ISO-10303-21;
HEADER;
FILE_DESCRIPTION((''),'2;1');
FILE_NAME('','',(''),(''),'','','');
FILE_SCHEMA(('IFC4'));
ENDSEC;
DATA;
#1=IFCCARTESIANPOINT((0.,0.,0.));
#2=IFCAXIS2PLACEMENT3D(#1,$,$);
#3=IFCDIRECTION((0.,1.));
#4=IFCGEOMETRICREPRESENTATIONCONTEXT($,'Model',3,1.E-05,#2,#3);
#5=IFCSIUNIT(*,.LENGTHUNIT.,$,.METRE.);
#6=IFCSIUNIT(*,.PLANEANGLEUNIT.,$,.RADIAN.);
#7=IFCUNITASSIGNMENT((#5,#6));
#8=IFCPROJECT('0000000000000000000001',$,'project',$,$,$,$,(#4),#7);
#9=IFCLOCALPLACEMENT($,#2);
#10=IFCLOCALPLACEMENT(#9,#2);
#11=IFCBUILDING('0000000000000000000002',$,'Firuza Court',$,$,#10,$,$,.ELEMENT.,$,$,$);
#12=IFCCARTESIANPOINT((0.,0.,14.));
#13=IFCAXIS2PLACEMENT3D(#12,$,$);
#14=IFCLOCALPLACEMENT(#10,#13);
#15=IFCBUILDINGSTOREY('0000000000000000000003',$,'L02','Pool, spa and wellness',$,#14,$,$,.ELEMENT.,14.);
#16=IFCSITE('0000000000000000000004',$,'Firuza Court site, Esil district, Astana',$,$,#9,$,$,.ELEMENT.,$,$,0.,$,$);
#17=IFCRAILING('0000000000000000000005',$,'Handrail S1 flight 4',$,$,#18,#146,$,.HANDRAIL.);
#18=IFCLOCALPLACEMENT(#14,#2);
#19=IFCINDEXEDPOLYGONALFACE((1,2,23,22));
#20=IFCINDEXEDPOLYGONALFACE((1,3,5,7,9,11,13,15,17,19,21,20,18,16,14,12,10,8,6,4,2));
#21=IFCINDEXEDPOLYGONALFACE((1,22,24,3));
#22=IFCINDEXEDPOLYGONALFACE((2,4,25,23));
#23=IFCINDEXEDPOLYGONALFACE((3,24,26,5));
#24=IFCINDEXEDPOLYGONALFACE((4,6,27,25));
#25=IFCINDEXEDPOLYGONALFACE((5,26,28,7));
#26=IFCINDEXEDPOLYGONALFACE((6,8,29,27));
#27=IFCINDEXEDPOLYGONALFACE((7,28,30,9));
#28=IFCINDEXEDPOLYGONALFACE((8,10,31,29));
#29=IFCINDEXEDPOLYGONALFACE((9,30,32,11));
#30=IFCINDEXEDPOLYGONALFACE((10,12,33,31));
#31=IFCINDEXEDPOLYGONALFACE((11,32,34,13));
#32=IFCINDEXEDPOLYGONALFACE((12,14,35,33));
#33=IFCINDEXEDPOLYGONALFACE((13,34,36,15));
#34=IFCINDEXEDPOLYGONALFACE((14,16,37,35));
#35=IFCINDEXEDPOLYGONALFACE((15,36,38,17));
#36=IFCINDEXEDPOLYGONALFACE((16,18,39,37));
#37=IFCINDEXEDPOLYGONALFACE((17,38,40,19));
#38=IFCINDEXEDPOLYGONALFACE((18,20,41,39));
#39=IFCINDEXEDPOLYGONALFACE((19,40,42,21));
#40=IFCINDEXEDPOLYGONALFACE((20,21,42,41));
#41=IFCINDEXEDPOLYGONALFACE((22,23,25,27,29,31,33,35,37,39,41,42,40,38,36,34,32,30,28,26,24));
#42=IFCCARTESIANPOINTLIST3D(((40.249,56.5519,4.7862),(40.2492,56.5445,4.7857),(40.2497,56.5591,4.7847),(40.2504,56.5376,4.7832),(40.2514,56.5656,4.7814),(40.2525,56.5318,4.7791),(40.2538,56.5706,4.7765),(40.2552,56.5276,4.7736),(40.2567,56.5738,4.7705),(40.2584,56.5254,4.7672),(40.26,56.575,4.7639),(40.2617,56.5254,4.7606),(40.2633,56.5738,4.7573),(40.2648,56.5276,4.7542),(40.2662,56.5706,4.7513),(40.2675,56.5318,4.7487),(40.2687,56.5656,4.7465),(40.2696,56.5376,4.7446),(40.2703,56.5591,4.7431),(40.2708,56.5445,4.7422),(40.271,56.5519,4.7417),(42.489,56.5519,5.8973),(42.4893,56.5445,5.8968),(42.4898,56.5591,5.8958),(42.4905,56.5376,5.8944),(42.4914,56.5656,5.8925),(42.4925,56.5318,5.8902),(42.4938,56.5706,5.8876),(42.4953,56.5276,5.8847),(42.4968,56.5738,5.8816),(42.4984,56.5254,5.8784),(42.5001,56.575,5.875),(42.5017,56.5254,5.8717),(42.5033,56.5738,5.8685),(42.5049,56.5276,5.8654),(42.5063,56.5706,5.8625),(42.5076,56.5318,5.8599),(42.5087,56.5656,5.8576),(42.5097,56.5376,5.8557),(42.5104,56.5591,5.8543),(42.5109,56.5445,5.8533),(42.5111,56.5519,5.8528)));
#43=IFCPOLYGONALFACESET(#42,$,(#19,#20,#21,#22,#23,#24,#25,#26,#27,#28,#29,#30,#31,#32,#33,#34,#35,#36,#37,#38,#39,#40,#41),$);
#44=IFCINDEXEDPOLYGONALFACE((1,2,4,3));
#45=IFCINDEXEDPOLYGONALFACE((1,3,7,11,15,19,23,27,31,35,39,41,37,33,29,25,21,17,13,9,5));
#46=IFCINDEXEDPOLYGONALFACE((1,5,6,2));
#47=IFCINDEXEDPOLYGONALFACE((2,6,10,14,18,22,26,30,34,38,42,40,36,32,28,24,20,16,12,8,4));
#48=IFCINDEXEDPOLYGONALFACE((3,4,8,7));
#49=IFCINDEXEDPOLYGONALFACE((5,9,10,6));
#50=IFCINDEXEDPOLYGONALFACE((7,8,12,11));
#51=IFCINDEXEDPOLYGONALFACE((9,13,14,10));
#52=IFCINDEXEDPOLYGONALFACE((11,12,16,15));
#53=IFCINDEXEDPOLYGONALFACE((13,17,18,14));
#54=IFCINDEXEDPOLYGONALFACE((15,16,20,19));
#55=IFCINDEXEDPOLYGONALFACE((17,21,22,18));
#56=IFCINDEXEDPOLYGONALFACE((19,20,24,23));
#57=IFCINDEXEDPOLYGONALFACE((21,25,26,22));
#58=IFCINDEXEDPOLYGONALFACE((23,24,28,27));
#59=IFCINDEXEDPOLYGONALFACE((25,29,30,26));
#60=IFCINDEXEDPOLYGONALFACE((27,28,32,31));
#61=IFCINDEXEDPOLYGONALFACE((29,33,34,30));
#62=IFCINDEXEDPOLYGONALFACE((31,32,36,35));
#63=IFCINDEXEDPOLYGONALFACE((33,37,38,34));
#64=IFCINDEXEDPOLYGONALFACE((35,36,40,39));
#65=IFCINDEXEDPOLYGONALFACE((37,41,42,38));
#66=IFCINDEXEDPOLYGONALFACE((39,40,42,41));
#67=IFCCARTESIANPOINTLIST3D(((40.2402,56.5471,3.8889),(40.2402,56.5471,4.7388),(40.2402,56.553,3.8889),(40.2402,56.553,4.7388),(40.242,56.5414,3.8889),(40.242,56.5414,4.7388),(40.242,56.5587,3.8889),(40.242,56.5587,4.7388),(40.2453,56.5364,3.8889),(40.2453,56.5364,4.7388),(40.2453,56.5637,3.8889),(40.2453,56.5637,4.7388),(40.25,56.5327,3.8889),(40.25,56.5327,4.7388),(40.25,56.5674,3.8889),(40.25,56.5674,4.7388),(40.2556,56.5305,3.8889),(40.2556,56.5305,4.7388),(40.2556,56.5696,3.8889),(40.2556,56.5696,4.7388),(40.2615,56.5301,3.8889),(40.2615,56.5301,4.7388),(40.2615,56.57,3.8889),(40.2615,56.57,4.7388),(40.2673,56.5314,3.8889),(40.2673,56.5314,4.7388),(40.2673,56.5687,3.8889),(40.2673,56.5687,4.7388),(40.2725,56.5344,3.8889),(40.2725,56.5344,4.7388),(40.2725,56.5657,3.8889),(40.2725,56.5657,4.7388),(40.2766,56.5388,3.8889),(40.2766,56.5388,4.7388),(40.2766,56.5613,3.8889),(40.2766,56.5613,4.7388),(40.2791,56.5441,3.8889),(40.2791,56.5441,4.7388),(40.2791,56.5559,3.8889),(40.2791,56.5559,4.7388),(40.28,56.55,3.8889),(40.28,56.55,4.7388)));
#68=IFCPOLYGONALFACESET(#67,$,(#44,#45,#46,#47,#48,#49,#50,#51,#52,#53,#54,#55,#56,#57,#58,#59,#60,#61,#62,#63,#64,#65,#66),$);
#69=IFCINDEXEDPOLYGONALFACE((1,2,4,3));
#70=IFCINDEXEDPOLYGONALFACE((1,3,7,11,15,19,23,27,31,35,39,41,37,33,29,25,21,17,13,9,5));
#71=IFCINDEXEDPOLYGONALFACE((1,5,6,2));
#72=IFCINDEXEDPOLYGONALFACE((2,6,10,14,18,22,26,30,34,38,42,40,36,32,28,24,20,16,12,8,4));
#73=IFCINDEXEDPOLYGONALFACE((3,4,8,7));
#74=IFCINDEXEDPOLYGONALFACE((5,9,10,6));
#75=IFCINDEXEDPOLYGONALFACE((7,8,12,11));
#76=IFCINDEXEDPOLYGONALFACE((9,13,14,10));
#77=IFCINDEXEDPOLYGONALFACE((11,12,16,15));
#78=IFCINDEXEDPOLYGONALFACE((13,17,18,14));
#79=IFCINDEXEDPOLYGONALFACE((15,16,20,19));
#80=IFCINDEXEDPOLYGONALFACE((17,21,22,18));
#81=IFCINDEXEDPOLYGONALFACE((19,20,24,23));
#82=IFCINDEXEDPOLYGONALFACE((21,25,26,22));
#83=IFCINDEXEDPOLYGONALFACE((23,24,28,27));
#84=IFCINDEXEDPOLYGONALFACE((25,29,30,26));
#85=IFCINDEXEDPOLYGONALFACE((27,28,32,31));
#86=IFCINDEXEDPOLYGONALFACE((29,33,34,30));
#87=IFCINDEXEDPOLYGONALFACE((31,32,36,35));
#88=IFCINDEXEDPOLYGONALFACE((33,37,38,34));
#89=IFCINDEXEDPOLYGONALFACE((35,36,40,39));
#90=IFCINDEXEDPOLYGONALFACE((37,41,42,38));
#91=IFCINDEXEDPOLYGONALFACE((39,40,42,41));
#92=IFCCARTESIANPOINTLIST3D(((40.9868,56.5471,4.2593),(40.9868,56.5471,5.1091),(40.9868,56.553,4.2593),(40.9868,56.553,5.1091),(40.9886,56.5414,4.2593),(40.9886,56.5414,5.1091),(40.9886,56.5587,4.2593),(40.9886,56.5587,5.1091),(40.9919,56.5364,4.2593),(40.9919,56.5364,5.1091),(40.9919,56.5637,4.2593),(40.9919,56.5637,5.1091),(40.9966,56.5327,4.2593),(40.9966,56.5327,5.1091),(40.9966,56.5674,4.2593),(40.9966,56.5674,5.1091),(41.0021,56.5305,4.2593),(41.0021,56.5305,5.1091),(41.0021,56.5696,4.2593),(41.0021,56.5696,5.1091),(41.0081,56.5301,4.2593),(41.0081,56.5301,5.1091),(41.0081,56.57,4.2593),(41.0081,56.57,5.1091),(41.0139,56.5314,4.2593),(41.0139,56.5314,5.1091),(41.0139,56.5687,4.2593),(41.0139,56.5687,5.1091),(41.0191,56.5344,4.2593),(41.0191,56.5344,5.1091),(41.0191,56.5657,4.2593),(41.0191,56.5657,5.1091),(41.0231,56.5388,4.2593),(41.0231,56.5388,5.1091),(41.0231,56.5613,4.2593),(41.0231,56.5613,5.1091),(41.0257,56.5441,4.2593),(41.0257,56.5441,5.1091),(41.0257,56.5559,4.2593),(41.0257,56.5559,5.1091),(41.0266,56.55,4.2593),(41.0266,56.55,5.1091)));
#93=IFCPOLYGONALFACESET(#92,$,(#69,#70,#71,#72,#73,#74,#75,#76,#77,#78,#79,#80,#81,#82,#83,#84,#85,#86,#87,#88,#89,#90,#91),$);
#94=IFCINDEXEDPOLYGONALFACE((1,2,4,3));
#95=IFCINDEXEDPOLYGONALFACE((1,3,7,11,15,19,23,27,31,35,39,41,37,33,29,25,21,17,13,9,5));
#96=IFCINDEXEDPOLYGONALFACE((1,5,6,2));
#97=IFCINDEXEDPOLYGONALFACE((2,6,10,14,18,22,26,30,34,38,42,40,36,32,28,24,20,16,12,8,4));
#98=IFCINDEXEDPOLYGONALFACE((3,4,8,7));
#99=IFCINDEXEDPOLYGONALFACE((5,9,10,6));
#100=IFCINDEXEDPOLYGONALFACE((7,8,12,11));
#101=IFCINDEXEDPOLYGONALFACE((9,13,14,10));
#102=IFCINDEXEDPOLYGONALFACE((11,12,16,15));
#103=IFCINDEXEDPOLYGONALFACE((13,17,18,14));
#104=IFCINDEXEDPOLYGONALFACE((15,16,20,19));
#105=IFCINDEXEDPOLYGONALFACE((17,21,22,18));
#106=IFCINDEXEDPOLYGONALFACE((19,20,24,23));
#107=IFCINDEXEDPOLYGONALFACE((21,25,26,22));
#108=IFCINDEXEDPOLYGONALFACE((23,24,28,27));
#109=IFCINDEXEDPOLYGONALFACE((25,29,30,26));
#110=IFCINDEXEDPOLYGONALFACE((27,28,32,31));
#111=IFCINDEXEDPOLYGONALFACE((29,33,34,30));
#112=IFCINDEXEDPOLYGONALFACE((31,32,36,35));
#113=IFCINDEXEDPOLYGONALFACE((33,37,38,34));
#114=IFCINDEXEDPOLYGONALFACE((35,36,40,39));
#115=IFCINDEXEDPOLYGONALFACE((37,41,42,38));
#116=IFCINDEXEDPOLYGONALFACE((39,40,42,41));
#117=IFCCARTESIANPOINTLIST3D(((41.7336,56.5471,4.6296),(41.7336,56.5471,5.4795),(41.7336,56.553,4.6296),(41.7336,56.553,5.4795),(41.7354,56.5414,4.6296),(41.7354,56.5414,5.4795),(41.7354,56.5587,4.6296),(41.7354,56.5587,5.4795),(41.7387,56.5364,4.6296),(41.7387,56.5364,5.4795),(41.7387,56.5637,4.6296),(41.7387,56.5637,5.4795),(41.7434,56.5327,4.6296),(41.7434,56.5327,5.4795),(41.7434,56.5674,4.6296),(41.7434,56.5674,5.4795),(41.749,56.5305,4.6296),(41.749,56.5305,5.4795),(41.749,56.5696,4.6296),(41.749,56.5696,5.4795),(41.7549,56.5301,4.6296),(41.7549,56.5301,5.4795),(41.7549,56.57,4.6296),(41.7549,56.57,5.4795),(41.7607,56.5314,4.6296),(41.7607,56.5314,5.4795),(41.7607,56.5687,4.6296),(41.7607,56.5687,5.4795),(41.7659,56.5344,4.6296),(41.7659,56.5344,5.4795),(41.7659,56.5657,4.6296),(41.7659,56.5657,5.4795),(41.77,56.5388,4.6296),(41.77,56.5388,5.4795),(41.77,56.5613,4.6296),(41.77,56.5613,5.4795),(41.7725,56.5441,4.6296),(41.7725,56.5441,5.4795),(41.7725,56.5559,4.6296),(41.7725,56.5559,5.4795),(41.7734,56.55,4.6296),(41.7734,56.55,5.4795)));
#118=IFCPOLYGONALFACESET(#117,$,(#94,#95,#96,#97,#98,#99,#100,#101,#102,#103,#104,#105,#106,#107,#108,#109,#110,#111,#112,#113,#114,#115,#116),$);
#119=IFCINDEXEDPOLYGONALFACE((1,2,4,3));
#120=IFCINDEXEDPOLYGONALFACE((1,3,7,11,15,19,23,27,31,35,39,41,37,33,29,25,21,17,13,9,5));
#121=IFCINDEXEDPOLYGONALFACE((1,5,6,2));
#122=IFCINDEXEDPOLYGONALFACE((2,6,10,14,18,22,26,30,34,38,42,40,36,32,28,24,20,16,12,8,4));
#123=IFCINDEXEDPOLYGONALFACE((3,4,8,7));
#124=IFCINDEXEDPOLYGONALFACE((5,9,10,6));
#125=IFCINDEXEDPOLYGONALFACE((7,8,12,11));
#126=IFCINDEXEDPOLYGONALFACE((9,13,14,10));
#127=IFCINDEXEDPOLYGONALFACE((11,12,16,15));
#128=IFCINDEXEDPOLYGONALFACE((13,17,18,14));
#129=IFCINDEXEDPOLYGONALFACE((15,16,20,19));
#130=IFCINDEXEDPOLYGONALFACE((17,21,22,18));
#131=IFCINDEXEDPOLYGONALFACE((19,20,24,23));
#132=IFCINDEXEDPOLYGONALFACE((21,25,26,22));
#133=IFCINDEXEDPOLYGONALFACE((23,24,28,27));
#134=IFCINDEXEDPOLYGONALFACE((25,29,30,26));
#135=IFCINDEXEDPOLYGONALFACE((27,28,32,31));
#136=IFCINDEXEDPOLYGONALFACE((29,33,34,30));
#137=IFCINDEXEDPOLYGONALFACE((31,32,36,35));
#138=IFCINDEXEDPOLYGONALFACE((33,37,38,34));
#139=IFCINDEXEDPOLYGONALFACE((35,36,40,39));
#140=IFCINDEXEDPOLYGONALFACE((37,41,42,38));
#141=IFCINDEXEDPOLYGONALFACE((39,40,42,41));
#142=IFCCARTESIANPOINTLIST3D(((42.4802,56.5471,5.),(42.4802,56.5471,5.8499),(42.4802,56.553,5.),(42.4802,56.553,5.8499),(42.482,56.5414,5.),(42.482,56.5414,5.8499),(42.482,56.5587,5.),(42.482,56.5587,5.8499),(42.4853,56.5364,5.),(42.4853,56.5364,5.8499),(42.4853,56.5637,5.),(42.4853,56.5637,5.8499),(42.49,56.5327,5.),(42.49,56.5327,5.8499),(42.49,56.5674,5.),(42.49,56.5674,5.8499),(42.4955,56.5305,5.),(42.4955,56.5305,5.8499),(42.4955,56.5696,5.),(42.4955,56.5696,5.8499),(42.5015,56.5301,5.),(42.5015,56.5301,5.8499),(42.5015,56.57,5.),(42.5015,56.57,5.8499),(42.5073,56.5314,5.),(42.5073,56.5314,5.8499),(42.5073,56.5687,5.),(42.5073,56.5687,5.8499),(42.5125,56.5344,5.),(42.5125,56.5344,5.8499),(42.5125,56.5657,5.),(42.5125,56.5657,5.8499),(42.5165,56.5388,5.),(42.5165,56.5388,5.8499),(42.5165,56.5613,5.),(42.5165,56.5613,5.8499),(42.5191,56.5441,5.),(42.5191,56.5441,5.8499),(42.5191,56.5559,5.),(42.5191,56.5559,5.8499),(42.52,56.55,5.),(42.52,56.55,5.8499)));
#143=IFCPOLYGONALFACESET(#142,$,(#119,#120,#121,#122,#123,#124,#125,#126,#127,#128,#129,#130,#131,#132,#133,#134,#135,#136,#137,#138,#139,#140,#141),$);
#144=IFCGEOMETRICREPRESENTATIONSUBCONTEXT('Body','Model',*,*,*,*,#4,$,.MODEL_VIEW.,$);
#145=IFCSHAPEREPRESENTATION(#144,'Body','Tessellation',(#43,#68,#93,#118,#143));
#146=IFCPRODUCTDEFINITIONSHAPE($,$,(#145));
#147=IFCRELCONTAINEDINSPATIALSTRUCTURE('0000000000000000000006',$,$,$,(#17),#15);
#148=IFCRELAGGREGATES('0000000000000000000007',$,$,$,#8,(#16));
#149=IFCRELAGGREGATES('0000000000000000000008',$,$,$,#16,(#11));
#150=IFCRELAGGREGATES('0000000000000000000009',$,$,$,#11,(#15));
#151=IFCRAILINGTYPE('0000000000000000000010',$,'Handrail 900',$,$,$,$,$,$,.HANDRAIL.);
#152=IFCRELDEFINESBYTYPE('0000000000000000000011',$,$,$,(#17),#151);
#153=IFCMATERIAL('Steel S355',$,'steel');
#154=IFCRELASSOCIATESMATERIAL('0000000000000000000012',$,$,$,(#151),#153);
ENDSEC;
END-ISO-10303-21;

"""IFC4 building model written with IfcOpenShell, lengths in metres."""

from ifc_helpers import new_model, si_unit, direction, frame, origin, origin_2d, place, context, subcontext, project, spatial, circle, extrude, material, type_object, element, save


model = new_model("IFC4")

# Units and contexts
model_context = context("Model", 3, precision=1e-05, world=origin(), true_north=direction((0.0, 1.0)))
body_context = subcontext(model_context, "Body", "Model", "MODEL_VIEW")
ifc_project = project(units=[si_unit("LENGTHUNIT", "METRE"), si_unit("PLANEANGLEUNIT", "RADIAN")], contexts=[model_context])

# Site, building, storey
site_placement = place(None, origin())
site = spatial("IfcSite", under=ifc_project, at=site_placement, Name="Firuza Court site, Esil district, Astana", CompositionType="ELEMENT", RefElevation=0.0)
building_placement = place(site_placement, origin())
building = spatial("IfcBuilding", under=site, at=building_placement, Name="Firuza Court", CompositionType="ELEMENT")
storey_placement = place(building_placement, frame((0.0, 0.0, 14.0)))
storey = spatial("IfcBuildingStorey", under=building, at=storey_placement, Name="L02", Description="Pool, spa and wellness", CompositionType="ELEMENT", Elevation=14.0)

# Railing
ifc_material_1 = material(Name="Steel S355", Category="steel")
railing_type = type_object("IfcRailingType", Name="Handrail 900", PredefinedType="HANDRAIL", material=ifc_material_1)
for number, where, name in (
    (1, (40.26, 56.55, 3.8889), "Handrail S1 flight 4"),
):
    element("IfcRailing", number, at=place(storey_placement, frame(where)), inside=storey, type_object=railing_type, Name=name, PredefinedType="HANDRAIL", context=body_context, shape_type="SweptSolid", body=[
        extrude(circle(Radius=0.0249, at=origin_2d()), frame((0.0, 0.0, 0.875), z_axis=(0.895848, 0.0, 0.44436), x_axis=(0.0, 1.0, 0.0)), (0.0, 0.0, 1.0), 2.5005),
        extrude(circle(Radius=0.02, at=origin_2d()), origin(), (0.0, 0.0, 1.0), 0.8499),
        extrude(circle(Radius=0.02, at=origin_2d()), frame((0.7466, 0.0, 0.3704)), (0.0, 0.0, 1.0), 0.8499),
        extrude(circle(Radius=0.02, at=origin_2d()), frame((1.4934, 0.0, 0.7407)), (0.0, 0.0, 1.0), 0.8499),
        extrude(circle(Radius=0.02, at=origin_2d()), frame((2.24, 0.0, 1.1111)), (0.0, 0.0, 1.0), 0.8499),
    ])

save(model, "model.ifc")
